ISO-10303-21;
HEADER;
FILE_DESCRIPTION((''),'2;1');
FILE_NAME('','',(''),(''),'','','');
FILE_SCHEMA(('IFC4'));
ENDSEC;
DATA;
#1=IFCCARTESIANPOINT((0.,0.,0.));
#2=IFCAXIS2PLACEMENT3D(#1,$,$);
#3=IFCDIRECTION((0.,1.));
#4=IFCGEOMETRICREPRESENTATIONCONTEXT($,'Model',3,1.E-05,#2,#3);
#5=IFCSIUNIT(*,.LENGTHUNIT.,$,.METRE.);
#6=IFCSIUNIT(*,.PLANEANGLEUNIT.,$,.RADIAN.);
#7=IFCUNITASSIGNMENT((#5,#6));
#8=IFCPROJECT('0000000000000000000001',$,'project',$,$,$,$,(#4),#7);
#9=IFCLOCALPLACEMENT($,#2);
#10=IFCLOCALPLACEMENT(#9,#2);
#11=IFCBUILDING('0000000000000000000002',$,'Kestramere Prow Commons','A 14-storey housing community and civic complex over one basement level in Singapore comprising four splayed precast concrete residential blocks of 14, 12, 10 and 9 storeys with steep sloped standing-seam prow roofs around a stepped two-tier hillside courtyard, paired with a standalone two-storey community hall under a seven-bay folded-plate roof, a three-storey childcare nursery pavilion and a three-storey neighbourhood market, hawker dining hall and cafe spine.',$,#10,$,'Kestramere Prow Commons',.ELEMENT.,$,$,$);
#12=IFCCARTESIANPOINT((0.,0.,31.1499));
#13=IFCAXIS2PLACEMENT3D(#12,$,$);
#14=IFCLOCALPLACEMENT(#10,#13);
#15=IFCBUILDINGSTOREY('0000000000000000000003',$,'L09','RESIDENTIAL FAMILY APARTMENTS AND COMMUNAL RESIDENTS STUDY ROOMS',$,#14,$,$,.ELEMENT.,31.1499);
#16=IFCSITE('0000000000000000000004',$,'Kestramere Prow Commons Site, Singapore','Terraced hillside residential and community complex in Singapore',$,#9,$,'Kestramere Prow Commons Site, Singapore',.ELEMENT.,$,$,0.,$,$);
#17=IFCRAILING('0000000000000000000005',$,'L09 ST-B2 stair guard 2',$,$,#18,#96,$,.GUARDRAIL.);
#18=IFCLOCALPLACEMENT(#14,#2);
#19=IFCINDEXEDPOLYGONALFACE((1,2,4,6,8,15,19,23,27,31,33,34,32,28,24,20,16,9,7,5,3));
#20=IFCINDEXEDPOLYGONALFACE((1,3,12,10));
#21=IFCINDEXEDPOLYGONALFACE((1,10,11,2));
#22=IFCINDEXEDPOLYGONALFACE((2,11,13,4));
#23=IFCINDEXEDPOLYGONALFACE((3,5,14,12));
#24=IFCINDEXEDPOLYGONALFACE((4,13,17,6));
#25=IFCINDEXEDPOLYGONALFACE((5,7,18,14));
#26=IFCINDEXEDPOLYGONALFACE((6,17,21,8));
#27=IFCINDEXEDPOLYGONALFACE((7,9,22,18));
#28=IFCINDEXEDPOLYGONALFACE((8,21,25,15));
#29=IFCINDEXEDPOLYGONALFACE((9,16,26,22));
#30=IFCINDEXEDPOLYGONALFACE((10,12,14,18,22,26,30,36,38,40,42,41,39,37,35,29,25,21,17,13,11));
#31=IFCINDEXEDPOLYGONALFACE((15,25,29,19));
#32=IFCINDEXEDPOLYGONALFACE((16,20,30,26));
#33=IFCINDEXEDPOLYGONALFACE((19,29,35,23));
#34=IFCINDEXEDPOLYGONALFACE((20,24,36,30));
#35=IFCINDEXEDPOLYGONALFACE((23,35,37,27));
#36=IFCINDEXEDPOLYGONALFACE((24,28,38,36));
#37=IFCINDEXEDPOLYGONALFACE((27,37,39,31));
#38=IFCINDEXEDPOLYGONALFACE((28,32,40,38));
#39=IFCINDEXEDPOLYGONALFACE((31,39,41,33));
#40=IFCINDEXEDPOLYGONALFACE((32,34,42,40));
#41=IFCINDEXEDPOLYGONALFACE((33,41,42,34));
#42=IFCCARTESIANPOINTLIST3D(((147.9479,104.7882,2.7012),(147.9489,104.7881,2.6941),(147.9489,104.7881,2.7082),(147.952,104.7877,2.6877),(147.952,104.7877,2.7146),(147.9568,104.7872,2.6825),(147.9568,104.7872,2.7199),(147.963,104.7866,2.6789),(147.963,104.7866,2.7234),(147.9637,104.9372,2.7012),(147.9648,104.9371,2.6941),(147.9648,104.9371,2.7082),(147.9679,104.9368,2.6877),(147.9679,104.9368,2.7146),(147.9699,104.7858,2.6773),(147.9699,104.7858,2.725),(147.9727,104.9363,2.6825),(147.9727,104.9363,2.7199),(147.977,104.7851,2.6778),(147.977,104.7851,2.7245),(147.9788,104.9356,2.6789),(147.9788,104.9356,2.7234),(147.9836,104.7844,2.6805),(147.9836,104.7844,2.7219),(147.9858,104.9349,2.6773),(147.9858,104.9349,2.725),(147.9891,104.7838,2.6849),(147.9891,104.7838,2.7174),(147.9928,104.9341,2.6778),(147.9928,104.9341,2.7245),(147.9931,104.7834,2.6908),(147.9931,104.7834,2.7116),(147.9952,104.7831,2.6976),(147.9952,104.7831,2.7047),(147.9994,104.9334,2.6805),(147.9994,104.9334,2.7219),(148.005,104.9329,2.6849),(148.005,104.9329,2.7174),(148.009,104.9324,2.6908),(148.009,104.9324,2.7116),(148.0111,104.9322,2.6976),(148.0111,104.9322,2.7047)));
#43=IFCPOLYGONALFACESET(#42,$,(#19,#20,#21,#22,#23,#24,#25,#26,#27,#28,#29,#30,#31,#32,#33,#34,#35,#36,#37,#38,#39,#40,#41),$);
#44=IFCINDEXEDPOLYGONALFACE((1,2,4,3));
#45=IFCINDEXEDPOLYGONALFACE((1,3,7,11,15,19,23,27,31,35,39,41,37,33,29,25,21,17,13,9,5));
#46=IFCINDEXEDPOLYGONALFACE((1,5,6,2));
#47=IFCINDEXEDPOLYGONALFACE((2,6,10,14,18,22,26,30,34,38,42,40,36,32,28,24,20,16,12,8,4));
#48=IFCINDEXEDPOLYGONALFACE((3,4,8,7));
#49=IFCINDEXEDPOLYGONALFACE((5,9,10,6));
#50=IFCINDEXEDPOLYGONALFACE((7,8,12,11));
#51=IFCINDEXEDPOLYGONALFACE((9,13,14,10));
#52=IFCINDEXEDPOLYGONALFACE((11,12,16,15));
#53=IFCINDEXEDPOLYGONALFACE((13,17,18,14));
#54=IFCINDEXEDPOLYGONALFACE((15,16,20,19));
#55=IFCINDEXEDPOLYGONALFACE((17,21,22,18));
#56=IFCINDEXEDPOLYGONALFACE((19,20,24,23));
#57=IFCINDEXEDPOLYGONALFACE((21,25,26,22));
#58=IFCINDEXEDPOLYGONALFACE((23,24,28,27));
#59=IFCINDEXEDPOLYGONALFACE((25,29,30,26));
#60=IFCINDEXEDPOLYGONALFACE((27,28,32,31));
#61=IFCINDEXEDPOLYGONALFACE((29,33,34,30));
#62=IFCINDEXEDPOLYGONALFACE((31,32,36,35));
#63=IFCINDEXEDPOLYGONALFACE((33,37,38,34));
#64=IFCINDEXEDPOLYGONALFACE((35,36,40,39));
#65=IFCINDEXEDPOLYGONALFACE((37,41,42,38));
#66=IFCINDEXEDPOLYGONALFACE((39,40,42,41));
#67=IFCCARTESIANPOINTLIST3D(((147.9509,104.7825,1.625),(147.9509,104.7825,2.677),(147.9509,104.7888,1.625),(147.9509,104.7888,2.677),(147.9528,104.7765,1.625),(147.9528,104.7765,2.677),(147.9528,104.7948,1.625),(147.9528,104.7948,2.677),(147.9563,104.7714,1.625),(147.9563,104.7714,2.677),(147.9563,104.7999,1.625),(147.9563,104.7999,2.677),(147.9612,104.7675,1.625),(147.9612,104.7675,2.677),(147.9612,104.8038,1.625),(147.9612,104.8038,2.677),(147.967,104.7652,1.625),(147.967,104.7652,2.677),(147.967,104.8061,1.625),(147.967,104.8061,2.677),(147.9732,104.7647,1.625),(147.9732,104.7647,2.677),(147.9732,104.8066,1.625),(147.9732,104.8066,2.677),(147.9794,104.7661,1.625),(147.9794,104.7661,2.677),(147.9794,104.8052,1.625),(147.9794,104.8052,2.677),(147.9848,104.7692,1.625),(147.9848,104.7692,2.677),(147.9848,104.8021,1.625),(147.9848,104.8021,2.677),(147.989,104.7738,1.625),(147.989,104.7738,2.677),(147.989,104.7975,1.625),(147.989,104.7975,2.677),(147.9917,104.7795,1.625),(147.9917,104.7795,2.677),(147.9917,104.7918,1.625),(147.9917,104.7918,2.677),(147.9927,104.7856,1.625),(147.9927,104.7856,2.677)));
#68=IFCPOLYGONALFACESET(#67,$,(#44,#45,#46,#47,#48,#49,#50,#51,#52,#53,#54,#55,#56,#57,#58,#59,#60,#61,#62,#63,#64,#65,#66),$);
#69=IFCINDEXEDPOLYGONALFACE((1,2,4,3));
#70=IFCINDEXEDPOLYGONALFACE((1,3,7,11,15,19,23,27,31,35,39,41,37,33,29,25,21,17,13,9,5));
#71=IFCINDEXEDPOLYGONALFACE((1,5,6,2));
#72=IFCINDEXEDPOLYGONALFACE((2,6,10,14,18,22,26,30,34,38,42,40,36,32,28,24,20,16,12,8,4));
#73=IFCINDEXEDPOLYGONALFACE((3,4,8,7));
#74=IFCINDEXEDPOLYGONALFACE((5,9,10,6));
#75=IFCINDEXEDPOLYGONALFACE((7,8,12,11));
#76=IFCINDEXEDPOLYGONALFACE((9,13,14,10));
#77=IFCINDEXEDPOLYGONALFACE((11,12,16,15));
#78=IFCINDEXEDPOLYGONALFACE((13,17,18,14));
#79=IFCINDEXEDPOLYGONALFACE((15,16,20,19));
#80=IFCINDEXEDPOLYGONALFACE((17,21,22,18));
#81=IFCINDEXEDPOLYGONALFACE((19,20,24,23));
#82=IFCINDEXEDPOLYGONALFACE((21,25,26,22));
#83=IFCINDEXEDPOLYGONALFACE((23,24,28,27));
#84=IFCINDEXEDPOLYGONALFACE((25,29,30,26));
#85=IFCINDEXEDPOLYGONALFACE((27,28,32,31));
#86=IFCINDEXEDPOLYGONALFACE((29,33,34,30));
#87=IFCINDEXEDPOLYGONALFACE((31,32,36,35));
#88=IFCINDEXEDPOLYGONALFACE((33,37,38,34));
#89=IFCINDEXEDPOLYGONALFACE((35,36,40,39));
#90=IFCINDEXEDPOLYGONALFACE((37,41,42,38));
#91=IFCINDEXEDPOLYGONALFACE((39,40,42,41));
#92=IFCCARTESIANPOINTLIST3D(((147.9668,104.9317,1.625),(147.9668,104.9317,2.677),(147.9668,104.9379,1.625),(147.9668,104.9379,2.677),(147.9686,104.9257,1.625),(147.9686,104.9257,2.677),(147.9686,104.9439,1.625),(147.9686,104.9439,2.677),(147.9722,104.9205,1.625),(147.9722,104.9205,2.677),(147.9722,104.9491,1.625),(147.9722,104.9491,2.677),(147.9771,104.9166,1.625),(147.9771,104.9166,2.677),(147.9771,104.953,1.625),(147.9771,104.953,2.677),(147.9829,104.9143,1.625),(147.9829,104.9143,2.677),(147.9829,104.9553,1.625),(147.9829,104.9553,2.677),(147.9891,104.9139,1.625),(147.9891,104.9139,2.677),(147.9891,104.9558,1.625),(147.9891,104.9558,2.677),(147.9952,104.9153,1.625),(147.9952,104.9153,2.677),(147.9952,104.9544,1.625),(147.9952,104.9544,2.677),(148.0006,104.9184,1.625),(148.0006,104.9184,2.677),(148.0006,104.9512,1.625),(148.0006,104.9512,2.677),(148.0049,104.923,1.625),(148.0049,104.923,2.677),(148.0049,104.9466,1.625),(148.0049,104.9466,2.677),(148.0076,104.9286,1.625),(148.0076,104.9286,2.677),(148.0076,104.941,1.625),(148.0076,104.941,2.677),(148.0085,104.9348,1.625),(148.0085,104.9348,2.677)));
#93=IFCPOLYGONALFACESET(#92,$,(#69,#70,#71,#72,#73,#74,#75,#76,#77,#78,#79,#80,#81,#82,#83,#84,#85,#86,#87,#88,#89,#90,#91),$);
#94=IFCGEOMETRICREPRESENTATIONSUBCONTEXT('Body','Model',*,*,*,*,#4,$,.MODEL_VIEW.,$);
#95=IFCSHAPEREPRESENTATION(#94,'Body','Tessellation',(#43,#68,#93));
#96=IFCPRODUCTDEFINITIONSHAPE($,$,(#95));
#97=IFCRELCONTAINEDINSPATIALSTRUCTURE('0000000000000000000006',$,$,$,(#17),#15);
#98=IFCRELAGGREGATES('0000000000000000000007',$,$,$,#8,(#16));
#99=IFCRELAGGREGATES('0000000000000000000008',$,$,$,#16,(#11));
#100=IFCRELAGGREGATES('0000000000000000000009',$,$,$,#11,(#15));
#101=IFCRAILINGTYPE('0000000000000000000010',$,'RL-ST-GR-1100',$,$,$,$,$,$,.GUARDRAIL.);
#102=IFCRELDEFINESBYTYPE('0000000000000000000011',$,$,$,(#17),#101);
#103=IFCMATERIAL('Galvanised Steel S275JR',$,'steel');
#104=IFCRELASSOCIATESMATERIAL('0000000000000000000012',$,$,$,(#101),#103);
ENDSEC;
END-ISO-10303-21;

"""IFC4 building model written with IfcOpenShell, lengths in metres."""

from ifc_helpers import new_model, si_unit, direction, frame, origin, origin_2d, place, context, subcontext, project, spatial, circle, extrude, material, type_object, element, save


model = new_model("IFC4")

# Units and contexts
model_context = context("Model", 3, precision=1e-05, world=origin(), true_north=direction((0.0, 1.0)))
body_context = subcontext(model_context, "Body", "Model", "MODEL_VIEW")
ifc_project = project(units=[si_unit("LENGTHUNIT", "METRE"), si_unit("PLANEANGLEUNIT", "RADIAN")], contexts=[model_context])

# Site, building, storey
site_placement = place(None, origin())
site = spatial("IfcSite", under=ifc_project, at=site_placement, Name="Kestramere Prow Commons Site, Singapore", Description="Terraced hillside residential and community complex in Singapore", LongName="Kestramere Prow Commons Site, Singapore", CompositionType="ELEMENT", RefElevation=0.0)
building_placement = place(site_placement, origin())
building = spatial("IfcBuilding", under=site, at=building_placement, Name="Kestramere Prow Commons", Description="A 14-storey housing community and civic complex over one basement level in Singapore comprising four splayed precast concrete residential blocks of 14, 12, 10 and 9 storeys with steep sloped standing-seam prow roofs around a stepped two-tier hillside courtyard, paired with a standalone two-storey community hall under a seven-bay folded-plate roof, a three-storey childcare nursery pavilion and a three-storey neighbourhood market, hawker dining hall and cafe spine.", LongName="Kestramere Prow Commons", CompositionType="ELEMENT")
storey_placement = place(building_placement, frame((0.0, 0.0, 31.1499)))
storey = spatial("IfcBuildingStorey", under=building, at=storey_placement, Name="L09", Description="RESIDENTIAL FAMILY APARTMENTS AND COMMUNAL RESIDENTS STUDY ROOMS", CompositionType="ELEMENT", Elevation=31.1499)

# Railing
ifc_material_1 = material(Name="Galvanised Steel S275JR", Category="steel")
railing_type_1 = type_object("IfcRailingType", Name="RL-ST-GR-1100", PredefinedType="GUARDRAIL", material=ifc_material_1)
railing_1_placement = place(storey_placement, frame((147.9717, 104.7856, 1.625)))
element("IfcRailing", 1, at=railing_1_placement, inside=storey, type_object=railing_type_1, Name="L09 ST-B2 stair guard 2", PredefinedType="GUARDRAIL", context=body_context, shape_type="SweptSolid", body=[
    extrude(circle(Radius=0.0239, at=origin_2d()), frame((0.0, 0.0, 1.0762), z_axis=(0.105786, 0.994389, 0.0), x_axis=(-0.994389, 0.105786, 0.0)), (0.0, 0.0, 1.0), 0.1499),
    extrude(circle(Radius=0.021, at=origin_2d()), origin(), (0.0, 0.0, 1.0), 1.052),
    extrude(circle(Radius=0.021, at=origin_2d()), frame((0.0159, 0.1492, 0.0)), (0.0, 0.0, 1.0), 1.052),
])

save(model, "model.ifc")
